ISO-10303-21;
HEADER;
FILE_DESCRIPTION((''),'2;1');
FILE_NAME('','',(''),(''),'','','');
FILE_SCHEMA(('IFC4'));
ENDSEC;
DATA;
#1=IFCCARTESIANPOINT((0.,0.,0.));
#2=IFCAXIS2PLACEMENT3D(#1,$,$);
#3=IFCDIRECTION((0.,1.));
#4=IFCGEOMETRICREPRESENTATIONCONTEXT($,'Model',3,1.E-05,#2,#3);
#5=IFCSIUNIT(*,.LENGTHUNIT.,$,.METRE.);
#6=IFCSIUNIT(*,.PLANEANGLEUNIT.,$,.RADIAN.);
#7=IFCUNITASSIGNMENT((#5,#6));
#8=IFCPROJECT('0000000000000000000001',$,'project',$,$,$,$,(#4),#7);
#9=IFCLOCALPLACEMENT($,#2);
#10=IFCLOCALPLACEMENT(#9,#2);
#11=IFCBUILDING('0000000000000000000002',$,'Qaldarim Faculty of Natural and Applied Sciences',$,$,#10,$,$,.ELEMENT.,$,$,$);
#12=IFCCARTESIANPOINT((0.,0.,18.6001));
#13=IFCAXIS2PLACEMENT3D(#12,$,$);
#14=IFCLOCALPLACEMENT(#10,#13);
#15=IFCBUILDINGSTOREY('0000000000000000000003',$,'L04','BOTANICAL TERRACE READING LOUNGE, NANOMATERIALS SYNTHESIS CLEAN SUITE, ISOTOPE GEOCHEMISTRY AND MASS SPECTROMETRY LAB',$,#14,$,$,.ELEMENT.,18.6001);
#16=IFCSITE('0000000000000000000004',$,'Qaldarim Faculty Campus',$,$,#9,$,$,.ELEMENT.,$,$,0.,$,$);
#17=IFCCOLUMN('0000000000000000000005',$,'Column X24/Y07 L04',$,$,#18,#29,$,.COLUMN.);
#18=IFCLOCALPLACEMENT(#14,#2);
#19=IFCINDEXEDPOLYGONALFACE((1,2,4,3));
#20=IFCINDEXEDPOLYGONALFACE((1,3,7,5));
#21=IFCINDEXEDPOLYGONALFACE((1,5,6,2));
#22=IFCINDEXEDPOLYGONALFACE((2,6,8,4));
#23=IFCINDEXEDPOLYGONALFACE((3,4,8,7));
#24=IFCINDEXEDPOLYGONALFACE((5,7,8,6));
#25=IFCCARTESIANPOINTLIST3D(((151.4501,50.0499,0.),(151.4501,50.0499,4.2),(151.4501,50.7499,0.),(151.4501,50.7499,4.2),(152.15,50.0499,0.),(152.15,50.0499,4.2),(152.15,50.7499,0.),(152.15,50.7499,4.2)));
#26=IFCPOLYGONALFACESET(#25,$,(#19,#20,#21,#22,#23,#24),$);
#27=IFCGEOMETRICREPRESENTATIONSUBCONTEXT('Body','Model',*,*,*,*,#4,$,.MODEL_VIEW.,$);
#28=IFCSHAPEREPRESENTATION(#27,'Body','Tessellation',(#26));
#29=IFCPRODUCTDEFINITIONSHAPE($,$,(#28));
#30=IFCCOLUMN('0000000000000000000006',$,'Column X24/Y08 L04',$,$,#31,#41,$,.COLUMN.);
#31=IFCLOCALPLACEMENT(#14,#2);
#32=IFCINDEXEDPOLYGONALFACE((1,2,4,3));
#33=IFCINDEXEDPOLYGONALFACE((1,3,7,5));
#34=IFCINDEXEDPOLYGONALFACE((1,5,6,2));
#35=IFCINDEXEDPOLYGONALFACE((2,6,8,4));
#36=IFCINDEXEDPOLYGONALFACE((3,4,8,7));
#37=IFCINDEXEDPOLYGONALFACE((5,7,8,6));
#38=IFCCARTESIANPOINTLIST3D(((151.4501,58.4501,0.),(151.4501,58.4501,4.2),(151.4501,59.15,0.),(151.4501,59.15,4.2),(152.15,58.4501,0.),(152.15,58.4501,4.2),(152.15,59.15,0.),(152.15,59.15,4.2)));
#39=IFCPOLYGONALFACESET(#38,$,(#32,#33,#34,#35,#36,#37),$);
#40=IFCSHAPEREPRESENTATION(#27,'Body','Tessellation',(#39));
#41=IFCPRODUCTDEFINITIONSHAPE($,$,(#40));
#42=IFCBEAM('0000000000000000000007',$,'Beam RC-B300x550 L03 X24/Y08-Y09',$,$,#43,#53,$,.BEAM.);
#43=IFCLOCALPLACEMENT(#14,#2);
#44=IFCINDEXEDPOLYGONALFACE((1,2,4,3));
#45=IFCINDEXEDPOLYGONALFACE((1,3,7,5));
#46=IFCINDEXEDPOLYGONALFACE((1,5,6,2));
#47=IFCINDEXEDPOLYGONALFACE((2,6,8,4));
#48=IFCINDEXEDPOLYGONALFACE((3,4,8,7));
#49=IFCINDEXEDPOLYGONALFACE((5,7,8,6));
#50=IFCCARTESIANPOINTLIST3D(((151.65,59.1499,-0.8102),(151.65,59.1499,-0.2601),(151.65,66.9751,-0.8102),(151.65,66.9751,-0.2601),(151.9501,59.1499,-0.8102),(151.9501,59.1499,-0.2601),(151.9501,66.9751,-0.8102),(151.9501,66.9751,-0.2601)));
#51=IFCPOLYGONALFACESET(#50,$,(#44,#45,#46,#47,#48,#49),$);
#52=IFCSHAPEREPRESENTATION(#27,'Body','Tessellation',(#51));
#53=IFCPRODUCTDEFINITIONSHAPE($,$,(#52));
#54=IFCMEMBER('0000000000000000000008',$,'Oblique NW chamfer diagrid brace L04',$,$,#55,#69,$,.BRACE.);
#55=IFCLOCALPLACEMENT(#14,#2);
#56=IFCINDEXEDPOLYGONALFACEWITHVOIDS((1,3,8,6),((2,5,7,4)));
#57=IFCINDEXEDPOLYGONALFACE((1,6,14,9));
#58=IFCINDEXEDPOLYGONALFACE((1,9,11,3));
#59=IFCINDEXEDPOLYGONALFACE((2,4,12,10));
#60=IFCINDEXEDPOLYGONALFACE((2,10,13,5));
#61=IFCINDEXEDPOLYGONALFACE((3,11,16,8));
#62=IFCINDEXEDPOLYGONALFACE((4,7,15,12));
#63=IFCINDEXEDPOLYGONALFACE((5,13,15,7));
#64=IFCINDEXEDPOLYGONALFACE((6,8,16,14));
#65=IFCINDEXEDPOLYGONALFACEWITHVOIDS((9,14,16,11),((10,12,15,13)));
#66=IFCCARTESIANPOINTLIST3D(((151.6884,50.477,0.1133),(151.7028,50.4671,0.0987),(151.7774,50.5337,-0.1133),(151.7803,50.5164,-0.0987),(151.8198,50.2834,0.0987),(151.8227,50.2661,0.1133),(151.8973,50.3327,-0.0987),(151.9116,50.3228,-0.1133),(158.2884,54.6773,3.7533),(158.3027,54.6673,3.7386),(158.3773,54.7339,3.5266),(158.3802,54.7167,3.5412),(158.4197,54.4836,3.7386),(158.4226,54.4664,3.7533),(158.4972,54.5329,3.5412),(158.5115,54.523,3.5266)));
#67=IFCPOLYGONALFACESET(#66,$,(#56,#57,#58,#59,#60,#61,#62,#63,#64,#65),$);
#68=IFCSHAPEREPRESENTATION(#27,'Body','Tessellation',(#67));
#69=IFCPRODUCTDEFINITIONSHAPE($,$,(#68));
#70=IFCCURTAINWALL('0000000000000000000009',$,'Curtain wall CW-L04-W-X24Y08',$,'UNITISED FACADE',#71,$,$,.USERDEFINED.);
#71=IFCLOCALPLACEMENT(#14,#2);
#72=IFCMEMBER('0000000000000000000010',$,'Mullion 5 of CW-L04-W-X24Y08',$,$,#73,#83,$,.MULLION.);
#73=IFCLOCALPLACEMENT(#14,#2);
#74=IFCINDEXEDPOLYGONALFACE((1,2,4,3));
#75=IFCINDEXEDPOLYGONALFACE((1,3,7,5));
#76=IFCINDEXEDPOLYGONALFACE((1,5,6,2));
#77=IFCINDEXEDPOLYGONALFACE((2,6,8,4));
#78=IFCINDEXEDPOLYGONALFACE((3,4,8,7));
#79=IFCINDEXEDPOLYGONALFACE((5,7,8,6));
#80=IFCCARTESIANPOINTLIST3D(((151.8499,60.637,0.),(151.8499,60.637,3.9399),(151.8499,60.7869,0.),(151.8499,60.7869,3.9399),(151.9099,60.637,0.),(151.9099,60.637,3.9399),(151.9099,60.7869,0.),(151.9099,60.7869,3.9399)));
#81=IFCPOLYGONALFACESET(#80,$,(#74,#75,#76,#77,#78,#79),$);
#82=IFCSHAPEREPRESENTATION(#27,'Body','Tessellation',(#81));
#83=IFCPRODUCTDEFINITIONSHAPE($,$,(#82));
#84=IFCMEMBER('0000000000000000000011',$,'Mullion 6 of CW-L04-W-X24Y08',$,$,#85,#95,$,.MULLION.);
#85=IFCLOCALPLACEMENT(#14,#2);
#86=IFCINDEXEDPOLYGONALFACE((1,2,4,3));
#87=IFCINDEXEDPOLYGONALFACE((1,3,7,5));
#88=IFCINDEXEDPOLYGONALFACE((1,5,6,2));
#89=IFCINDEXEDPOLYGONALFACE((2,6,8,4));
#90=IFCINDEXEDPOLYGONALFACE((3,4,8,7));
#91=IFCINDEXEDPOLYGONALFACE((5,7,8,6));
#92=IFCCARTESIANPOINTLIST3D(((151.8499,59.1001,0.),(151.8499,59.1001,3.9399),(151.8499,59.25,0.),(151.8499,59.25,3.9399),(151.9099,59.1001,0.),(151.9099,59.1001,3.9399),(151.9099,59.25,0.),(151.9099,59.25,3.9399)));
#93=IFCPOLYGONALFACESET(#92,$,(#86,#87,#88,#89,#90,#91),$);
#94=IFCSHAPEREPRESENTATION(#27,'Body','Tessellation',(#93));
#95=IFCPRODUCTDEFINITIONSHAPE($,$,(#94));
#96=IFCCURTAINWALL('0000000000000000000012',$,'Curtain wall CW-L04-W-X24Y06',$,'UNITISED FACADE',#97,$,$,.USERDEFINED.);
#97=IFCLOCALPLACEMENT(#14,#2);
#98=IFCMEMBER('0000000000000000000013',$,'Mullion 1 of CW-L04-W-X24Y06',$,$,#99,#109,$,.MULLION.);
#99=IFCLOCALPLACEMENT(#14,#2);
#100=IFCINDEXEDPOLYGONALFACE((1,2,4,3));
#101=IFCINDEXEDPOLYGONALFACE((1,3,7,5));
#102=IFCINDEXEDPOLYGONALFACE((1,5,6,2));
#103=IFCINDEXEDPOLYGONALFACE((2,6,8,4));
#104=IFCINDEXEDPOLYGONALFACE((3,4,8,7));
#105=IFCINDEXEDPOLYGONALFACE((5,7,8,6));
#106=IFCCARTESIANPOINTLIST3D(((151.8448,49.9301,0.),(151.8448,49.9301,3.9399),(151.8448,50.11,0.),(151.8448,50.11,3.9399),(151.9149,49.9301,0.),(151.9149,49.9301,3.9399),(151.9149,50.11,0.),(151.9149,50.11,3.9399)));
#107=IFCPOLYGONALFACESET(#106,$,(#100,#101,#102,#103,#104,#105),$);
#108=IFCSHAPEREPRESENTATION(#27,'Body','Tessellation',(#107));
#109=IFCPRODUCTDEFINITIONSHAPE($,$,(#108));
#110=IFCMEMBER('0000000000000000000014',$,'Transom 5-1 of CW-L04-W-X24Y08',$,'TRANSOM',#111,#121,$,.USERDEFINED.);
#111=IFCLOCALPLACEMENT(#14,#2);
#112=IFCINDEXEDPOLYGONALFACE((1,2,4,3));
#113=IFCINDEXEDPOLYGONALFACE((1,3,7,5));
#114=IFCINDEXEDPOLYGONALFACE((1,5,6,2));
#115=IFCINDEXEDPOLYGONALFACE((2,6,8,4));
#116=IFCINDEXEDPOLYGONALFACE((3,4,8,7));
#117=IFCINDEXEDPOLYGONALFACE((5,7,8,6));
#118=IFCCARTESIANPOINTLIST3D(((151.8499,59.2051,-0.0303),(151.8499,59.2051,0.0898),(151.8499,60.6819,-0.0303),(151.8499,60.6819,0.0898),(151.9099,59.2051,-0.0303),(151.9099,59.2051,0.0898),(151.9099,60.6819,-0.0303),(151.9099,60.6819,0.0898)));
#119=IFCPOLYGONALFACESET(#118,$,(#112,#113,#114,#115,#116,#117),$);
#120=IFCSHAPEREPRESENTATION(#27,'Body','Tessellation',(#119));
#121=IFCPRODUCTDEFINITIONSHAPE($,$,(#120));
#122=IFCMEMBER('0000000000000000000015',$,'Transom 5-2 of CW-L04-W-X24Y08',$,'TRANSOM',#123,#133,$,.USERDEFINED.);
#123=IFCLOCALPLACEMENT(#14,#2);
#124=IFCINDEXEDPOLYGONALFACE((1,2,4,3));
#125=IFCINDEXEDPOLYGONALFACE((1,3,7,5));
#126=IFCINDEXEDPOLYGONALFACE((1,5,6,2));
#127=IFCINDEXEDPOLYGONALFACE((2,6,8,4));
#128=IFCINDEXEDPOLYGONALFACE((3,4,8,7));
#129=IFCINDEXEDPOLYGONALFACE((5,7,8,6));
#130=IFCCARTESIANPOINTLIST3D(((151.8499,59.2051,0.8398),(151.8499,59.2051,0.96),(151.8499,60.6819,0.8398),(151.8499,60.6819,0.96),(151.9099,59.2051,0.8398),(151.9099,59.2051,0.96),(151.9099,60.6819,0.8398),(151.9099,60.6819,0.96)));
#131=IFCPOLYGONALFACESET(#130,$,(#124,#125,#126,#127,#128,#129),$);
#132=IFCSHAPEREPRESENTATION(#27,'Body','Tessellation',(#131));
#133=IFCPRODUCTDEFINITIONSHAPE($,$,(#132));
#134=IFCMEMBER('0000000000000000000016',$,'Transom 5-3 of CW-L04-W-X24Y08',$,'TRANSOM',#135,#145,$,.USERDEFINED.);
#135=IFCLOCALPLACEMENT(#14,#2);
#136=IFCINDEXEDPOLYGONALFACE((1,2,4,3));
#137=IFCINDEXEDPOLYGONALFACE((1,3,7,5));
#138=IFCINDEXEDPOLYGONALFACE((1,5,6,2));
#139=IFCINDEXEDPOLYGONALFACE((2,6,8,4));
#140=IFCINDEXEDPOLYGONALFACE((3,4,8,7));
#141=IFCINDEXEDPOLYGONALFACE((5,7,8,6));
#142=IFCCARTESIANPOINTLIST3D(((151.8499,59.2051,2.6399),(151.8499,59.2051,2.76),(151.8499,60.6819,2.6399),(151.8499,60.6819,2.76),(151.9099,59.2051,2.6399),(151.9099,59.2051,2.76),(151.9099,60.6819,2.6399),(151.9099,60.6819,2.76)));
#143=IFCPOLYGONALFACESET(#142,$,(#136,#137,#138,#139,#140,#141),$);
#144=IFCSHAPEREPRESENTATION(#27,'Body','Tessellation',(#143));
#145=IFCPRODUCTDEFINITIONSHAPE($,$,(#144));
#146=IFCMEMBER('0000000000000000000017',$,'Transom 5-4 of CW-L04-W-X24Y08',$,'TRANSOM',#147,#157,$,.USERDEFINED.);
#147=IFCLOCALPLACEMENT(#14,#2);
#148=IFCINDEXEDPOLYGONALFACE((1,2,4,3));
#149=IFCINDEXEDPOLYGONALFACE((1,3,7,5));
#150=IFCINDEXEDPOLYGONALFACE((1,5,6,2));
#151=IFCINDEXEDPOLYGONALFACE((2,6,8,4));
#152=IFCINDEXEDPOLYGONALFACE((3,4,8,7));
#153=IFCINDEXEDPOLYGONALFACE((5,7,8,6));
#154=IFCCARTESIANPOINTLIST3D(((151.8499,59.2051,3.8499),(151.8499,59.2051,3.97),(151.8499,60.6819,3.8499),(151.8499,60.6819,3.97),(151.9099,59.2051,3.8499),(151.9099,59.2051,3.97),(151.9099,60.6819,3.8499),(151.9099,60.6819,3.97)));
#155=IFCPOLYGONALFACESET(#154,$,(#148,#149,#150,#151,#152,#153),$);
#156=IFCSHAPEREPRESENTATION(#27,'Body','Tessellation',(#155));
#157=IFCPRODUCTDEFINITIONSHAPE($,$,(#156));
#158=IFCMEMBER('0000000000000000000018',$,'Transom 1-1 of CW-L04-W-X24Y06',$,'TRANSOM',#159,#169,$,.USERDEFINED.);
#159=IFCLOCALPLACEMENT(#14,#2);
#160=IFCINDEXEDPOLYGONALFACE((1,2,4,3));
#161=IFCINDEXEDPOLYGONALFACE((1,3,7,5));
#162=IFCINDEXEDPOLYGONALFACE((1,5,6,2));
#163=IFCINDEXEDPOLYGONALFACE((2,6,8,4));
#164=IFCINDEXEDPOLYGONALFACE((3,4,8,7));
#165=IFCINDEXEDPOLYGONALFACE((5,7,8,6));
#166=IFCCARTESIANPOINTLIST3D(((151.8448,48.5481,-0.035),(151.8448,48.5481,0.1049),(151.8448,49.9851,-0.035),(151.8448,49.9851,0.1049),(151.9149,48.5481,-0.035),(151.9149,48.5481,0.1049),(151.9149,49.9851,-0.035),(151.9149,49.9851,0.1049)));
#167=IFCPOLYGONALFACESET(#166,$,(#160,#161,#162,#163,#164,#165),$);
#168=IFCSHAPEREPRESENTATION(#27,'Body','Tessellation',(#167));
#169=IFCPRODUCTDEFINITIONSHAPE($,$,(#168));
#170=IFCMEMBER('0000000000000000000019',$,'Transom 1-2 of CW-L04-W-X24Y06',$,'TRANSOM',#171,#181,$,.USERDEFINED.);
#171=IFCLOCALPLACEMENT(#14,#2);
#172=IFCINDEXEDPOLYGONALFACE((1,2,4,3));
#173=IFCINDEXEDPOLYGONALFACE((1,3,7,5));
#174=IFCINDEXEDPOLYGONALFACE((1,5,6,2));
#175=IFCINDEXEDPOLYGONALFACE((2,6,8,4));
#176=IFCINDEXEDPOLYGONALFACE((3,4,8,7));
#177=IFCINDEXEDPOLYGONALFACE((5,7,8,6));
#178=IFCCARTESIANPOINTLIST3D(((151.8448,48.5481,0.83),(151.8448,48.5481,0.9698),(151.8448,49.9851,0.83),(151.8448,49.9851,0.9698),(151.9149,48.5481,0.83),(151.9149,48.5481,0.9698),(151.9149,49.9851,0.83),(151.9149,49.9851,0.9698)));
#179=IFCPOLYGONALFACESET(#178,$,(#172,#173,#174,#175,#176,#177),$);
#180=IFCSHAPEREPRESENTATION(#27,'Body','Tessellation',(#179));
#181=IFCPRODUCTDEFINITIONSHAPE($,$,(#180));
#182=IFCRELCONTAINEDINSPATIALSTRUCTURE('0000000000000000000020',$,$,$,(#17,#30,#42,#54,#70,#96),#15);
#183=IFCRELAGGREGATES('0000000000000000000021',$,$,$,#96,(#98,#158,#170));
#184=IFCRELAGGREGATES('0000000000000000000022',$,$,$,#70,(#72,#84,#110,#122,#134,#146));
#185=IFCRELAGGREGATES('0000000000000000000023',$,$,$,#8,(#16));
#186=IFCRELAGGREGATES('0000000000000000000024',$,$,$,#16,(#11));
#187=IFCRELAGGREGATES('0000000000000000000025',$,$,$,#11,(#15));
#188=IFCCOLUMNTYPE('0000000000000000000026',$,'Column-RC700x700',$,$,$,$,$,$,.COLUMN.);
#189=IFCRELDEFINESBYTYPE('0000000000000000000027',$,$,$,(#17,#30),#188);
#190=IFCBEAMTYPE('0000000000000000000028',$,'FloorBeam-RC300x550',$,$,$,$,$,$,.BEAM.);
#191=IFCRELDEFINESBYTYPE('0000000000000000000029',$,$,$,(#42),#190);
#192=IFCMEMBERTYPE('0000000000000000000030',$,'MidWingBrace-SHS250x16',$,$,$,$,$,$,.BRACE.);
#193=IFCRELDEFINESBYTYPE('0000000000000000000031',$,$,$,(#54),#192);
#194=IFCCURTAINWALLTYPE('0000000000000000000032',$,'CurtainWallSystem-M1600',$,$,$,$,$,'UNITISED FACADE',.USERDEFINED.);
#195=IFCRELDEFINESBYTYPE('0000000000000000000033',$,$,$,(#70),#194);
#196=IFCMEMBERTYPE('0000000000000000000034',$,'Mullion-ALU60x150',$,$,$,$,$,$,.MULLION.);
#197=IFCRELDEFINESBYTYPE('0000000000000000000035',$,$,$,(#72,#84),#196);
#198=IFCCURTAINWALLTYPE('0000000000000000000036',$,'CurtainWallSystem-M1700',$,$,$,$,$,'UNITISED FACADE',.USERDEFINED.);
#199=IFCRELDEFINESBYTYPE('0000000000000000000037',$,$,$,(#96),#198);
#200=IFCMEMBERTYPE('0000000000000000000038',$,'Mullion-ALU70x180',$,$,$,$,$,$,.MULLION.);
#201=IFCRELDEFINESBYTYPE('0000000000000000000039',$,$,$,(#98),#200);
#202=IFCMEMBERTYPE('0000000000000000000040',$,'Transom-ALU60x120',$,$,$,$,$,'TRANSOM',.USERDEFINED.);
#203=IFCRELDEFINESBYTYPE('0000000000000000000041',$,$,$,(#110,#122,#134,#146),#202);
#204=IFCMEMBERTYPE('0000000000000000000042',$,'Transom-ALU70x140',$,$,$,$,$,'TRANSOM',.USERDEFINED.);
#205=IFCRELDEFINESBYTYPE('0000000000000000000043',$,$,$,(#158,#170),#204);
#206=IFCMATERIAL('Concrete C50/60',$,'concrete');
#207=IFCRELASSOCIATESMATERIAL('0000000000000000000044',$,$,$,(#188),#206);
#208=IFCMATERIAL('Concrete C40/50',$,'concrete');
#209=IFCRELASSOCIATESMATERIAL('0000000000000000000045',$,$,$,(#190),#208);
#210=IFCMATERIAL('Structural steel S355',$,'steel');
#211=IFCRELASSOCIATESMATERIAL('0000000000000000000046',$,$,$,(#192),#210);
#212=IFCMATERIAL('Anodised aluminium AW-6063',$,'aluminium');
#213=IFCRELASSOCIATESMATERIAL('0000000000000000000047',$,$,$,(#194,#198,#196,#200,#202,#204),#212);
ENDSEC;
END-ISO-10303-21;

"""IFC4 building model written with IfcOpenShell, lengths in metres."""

from ifc_helpers import new_model, si_unit, direction, frame, origin, origin_2d, place, context, subcontext, project, spatial, rectangle, hollow_rectangle, extrude, material, material_profile, profile_set, type_object, element, aggregate, save


model = new_model("IFC4")

# Units and contexts
model_context = context("Model", 3, precision=1e-05, world=origin(), true_north=direction((0.0, 1.0)))
body_context = subcontext(model_context, "Body", "Model", "MODEL_VIEW")
ifc_project = project(units=[si_unit("LENGTHUNIT", "METRE"), si_unit("PLANEANGLEUNIT", "RADIAN")], contexts=[model_context])

# Site, building, storey
site_placement = place(None, origin())
site = spatial("IfcSite", under=ifc_project, at=site_placement, Name="Qaldarim Faculty Campus", CompositionType="ELEMENT", RefElevation=0.0)
building_placement = place(site_placement, origin())
building = spatial("IfcBuilding", under=site, at=building_placement, Name="Qaldarim Faculty of Natural and Applied Sciences", CompositionType="ELEMENT")
storey_placement = place(building_placement, frame((0.0, 0.0, 18.6001)))
storey = spatial("IfcBuildingStorey", under=building, at=storey_placement, Name="L04", Description="BOTANICAL TERRACE READING LOUNGE, NANOMATERIALS SYNTHESIS CLEAN SUITE, ISOTOPE GEOCHEMISTRY AND MASS SPECTROMETRY LAB", CompositionType="ELEMENT", Elevation=18.6001)

# Columns
ifc_material_1 = material(Name="Concrete C50/60", Category="concrete")
ifc_material_profile_1 = material_profile(ifc_material_1, rectangle(XDim=0.7, YDim=0.7, at=origin_2d()), Name="RC-C700x700")
ifc_profile_set_1 = profile_set([ifc_material_profile_1], Name="Concrete C50/60")
column_type = type_object("IfcColumnType", Name="Column-RC700x700", PredefinedType="COLUMN", material=ifc_profile_set_1)
for number, where, z_axis, x_axis, name in (
    (1, (151.8, 50.3999, 0.0), (0.0, 0.0, 1.0), (1.0, 0.0, 0.0), "Column X24/Y07 L04"),
    (2, (151.8, 58.8, 0.0), (0.0, 0.0, 1.0), (1.0, 0.0, 0.0), "Column X24/Y08 L04"),
):
    element("IfcColumn", number, at=place(storey_placement, frame(where, z_axis=z_axis, x_axis=x_axis)), inside=storey, type_object=column_type, Name=name, PredefinedType="COLUMN", context=body_context, shape_type="SweptSolid", body=[
        extrude(rectangle(XDim=0.7, YDim=0.7, at=origin_2d()), origin(), (0.0, 0.0, 1.0), 4.2),
    ])

# Beam
ifc_material_2 = material(Name="Concrete C40/50", Category="concrete")
ifc_material_profile_2 = material_profile(ifc_material_2, rectangle(XDim=0.3, YDim=0.55, at=origin_2d()), Name="RC-B300x550")
ifc_profile_set_2 = profile_set([ifc_material_profile_2], Name="Concrete C40/50")
beam_type = type_object("IfcBeamType", Name="FloorBeam-RC300x550", PredefinedType="BEAM", material=ifc_profile_set_2)
beam_placement = place(storey_placement, frame((151.8, 59.1499, -0.5352), z_axis=(0.0, 1.0, 0.0), x_axis=(-1.0, 0.0, 0.0)))
element("IfcBeam", 3, at=beam_placement, inside=storey, type_object=beam_type, Name="Beam RC-B300x550 L03 X24/Y08-Y09", PredefinedType="BEAM", context=body_context, shape_type="SweptSolid", body=[
    extrude(rectangle(XDim=0.3, YDim=0.55, at=origin_2d()), origin(), (0.0, 0.0, 1.0), 7.8252),
])

# Member
ifc_material_3 = material(Name="Structural steel S355", Category="steel")
ifc_material_profile_3 = material_profile(ifc_material_3, hollow_rectangle(XDim=0.25, YDim=0.25, WallThickness=0.0161, at=origin_2d()), Name="SHS 250x250x16.0")
ifc_profile_set_3 = profile_set([ifc_material_profile_3], Name="Structural steel S355")
member_type_1 = type_object("IfcMemberType", Name="MidWingBrace-SHS250x16", PredefinedType="BRACE", material=ifc_profile_set_3)
member_1_placement = place(storey_placement, frame((151.8, 50.3999, 0.0), z_axis=(0.764903, 0.48679, 0.421852), x_axis=(-0.536902, 0.843645, 0.0)))
element("IfcMember", 4, at=member_1_placement, inside=storey, type_object=member_type_1, Name="Oblique NW chamfer diagrid brace L04", PredefinedType="BRACE", context=body_context, shape_type="SweptSolid", body=[
    extrude(hollow_rectangle(XDim=0.25, YDim=0.25, WallThickness=0.0161, at=origin_2d()), origin(), (0.0, 0.0, 1.0), 8.6284),
])

# Curtain wall, members
ifc_material_4 = material(Name="Anodised aluminium AW-6063", Category="aluminium")
curtain_wall_type_1 = type_object("IfcCurtainWallType", Name="CurtainWallSystem-M1600", ElementType="UNITISED FACADE", PredefinedType="USERDEFINED", material=ifc_material_4)
curtain_wall_1_placement = place(storey_placement, origin())
curtain_wall_1 = element("IfcCurtainWall", 5, at=curtain_wall_1_placement, inside=storey, type_object=curtain_wall_type_1, Name="Curtain wall CW-L04-W-X24Y08", ObjectType="UNITISED FACADE", PredefinedType="USERDEFINED")
ifc_material_profile_4 = material_profile(ifc_material_4, rectangle(XDim=0.0601, YDim=0.1499, at=origin_2d()), Name="ALU-M60x150")
ifc_profile_set_4 = profile_set([ifc_material_profile_4], Name="Anodised aluminium AW-6063")
member_type_2 = type_object("IfcMemberType", Name="Mullion-ALU60x150", PredefinedType="MULLION", material=ifc_profile_set_4)
member_2_placement = place(storey_placement, frame((151.8799, 60.7119, 0.0), z_axis=(0.0, 0.0, 1.0), x_axis=(1.0, 0.0, 0.0)))
member_2 = element("IfcMember", 6, at=member_2_placement, type_object=member_type_2, Name="Mullion 5 of CW-L04-W-X24Y08", PredefinedType="MULLION", context=body_context, shape_type="SweptSolid", body=[
    extrude(rectangle(XDim=0.0601, YDim=0.1499, at=origin_2d()), origin(), (0.0, 0.0, 1.0), 3.9399),
])
member_3_placement = place(storey_placement, frame((151.8799, 59.175, 0.0), z_axis=(0.0, 0.0, 1.0), x_axis=(1.0, 0.0, 0.0)))
member_3 = element("IfcMember", 7, at=member_3_placement, type_object=member_type_2, Name="Mullion 6 of CW-L04-W-X24Y08", PredefinedType="MULLION", context=body_context, shape_type="SweptSolid", body=[
    extrude(rectangle(XDim=0.0601, YDim=0.1499, at=origin_2d()), origin(), (0.0, 0.0, 1.0), 3.9399),
])

# Curtain wall, member
curtain_wall_type_2 = type_object("IfcCurtainWallType", Name="CurtainWallSystem-M1700", ElementType="UNITISED FACADE", PredefinedType="USERDEFINED", material=ifc_material_4)
curtain_wall_2_placement = place(storey_placement, origin())
curtain_wall_2 = element("IfcCurtainWall", 8, at=curtain_wall_2_placement, inside=storey, type_object=curtain_wall_type_2, Name="Curtain wall CW-L04-W-X24Y06", ObjectType="UNITISED FACADE", PredefinedType="USERDEFINED")
ifc_material_profile_5 = material_profile(ifc_material_4, rectangle(XDim=0.0701, YDim=0.1799, at=origin_2d()), Name="ALU-M70x180")
ifc_profile_set_5 = profile_set([ifc_material_profile_5], Name="Anodised aluminium AW-6063")
member_type_3 = type_object("IfcMemberType", Name="Mullion-ALU70x180", PredefinedType="MULLION", material=ifc_profile_set_5)
member_4_placement = place(storey_placement, frame((151.8799, 50.02, 0.0), z_axis=(0.0, 0.0, 1.0), x_axis=(1.0, 0.0, 0.0)))
member_4 = element("IfcMember", 9, at=member_4_placement, type_object=member_type_3, Name="Mullion 1 of CW-L04-W-X24Y06", PredefinedType="MULLION", context=body_context, shape_type="SweptSolid", body=[
    extrude(rectangle(XDim=0.0701, YDim=0.1799, at=origin_2d()), origin(), (0.0, 0.0, 1.0), 3.9399),
])

# Members
ifc_material_profile_6 = material_profile(ifc_material_4, rectangle(XDim=0.0601, YDim=0.1201, at=origin_2d()), Name="ALU-T60x120")
ifc_profile_set_6 = profile_set([ifc_material_profile_6], Name="Anodised aluminium AW-6063")
member_type_4 = type_object("IfcMemberType", Name="Transom-ALU60x120", ElementType="TRANSOM", PredefinedType="USERDEFINED", material=ifc_profile_set_6)
member_5_placement = place(storey_placement, frame((151.8799, 60.6819, 0.0298), z_axis=(0.0, -1.0, 0.0), x_axis=(1.0, 0.0, 0.0)))
member_5 = element("IfcMember", 10, at=member_5_placement, type_object=member_type_4, Name="Transom 5-1 of CW-L04-W-X24Y08", ObjectType="TRANSOM", PredefinedType="USERDEFINED", context=body_context, shape_type="SweptSolid", body=[
    extrude(rectangle(XDim=0.0601, YDim=0.1201, at=origin_2d()), origin(), (0.0, 0.0, 1.0), 1.4768),
])
member_6_placement = place(storey_placement, frame((151.8799, 60.6819, 0.8999), z_axis=(0.0, -1.0, 0.0), x_axis=(1.0, 0.0, 0.0)))
member_6 = element("IfcMember", 11, at=member_6_placement, type_object=member_type_4, Name="Transom 5-2 of CW-L04-W-X24Y08", ObjectType="TRANSOM", PredefinedType="USERDEFINED", context=body_context, shape_type="SweptSolid", body=[
    extrude(rectangle(XDim=0.0601, YDim=0.1201, at=origin_2d()), origin(), (0.0, 0.0, 1.0), 1.4768),
])
member_7_placement = place(storey_placement, frame((151.8799, 60.6819, 2.7), z_axis=(0.0, -1.0, 0.0), x_axis=(1.0, 0.0, 0.0)))
member_7 = element("IfcMember", 12, at=member_7_placement, type_object=member_type_4, Name="Transom 5-3 of CW-L04-W-X24Y08", ObjectType="TRANSOM", PredefinedType="USERDEFINED", context=body_context, shape_type="SweptSolid", body=[
    extrude(rectangle(XDim=0.0601, YDim=0.1201, at=origin_2d()), origin(), (0.0, 0.0, 1.0), 1.4768),
])
member_8_placement = place(storey_placement, frame((151.8799, 60.6819, 3.9099), z_axis=(0.0, -1.0, 0.0), x_axis=(1.0, 0.0, 0.0)))
member_8 = element("IfcMember", 13, at=member_8_placement, type_object=member_type_4, Name="Transom 5-4 of CW-L04-W-X24Y08", ObjectType="TRANSOM", PredefinedType="USERDEFINED", context=body_context, shape_type="SweptSolid", body=[
    extrude(rectangle(XDim=0.0601, YDim=0.1201, at=origin_2d()), origin(), (0.0, 0.0, 1.0), 1.4768),
])
ifc_material_profile_7 = material_profile(ifc_material_4, rectangle(XDim=0.0701, YDim=0.1399, at=origin_2d()), Name="ALU-T70x140")
ifc_profile_set_7 = profile_set([ifc_material_profile_7], Name="Anodised aluminium AW-6063")
member_type_5 = type_object("IfcMemberType", Name="Transom-ALU70x140", ElementType="TRANSOM", PredefinedType="USERDEFINED", material=ifc_profile_set_7)
member_9_placement = place(storey_placement, frame((151.8799, 49.9851, 0.0349), z_axis=(0.0, -1.0, 0.0), x_axis=(1.0, 0.0, 0.0)))
member_9 = element("IfcMember", 14, at=member_9_placement, type_object=member_type_5, Name="Transom 1-1 of CW-L04-W-X24Y06", ObjectType="TRANSOM", PredefinedType="USERDEFINED", context=body_context, shape_type="SweptSolid", body=[
    extrude(rectangle(XDim=0.0701, YDim=0.1399, at=origin_2d()), origin(), (0.0, 0.0, 1.0), 1.437),
])
member_10_placement = place(storey_placement, frame((151.8799, 49.9851, 0.8999), z_axis=(0.0, -1.0, 0.0), x_axis=(1.0, 0.0, 0.0)))
member_10 = element("IfcMember", 15, at=member_10_placement, type_object=member_type_5, Name="Transom 1-2 of CW-L04-W-X24Y06", ObjectType="TRANSOM", PredefinedType="USERDEFINED", context=body_context, shape_type="SweptSolid", body=[
    extrude(rectangle(XDim=0.0701, YDim=0.1399, at=origin_2d()), origin(), (0.0, 0.0, 1.0), 1.437),
])

aggregate(curtain_wall_2, [member_4, member_9, member_10])
aggregate(curtain_wall_1, [member_2, member_3, member_5, member_6, member_7, member_8])

save(model, "model.ifc")
